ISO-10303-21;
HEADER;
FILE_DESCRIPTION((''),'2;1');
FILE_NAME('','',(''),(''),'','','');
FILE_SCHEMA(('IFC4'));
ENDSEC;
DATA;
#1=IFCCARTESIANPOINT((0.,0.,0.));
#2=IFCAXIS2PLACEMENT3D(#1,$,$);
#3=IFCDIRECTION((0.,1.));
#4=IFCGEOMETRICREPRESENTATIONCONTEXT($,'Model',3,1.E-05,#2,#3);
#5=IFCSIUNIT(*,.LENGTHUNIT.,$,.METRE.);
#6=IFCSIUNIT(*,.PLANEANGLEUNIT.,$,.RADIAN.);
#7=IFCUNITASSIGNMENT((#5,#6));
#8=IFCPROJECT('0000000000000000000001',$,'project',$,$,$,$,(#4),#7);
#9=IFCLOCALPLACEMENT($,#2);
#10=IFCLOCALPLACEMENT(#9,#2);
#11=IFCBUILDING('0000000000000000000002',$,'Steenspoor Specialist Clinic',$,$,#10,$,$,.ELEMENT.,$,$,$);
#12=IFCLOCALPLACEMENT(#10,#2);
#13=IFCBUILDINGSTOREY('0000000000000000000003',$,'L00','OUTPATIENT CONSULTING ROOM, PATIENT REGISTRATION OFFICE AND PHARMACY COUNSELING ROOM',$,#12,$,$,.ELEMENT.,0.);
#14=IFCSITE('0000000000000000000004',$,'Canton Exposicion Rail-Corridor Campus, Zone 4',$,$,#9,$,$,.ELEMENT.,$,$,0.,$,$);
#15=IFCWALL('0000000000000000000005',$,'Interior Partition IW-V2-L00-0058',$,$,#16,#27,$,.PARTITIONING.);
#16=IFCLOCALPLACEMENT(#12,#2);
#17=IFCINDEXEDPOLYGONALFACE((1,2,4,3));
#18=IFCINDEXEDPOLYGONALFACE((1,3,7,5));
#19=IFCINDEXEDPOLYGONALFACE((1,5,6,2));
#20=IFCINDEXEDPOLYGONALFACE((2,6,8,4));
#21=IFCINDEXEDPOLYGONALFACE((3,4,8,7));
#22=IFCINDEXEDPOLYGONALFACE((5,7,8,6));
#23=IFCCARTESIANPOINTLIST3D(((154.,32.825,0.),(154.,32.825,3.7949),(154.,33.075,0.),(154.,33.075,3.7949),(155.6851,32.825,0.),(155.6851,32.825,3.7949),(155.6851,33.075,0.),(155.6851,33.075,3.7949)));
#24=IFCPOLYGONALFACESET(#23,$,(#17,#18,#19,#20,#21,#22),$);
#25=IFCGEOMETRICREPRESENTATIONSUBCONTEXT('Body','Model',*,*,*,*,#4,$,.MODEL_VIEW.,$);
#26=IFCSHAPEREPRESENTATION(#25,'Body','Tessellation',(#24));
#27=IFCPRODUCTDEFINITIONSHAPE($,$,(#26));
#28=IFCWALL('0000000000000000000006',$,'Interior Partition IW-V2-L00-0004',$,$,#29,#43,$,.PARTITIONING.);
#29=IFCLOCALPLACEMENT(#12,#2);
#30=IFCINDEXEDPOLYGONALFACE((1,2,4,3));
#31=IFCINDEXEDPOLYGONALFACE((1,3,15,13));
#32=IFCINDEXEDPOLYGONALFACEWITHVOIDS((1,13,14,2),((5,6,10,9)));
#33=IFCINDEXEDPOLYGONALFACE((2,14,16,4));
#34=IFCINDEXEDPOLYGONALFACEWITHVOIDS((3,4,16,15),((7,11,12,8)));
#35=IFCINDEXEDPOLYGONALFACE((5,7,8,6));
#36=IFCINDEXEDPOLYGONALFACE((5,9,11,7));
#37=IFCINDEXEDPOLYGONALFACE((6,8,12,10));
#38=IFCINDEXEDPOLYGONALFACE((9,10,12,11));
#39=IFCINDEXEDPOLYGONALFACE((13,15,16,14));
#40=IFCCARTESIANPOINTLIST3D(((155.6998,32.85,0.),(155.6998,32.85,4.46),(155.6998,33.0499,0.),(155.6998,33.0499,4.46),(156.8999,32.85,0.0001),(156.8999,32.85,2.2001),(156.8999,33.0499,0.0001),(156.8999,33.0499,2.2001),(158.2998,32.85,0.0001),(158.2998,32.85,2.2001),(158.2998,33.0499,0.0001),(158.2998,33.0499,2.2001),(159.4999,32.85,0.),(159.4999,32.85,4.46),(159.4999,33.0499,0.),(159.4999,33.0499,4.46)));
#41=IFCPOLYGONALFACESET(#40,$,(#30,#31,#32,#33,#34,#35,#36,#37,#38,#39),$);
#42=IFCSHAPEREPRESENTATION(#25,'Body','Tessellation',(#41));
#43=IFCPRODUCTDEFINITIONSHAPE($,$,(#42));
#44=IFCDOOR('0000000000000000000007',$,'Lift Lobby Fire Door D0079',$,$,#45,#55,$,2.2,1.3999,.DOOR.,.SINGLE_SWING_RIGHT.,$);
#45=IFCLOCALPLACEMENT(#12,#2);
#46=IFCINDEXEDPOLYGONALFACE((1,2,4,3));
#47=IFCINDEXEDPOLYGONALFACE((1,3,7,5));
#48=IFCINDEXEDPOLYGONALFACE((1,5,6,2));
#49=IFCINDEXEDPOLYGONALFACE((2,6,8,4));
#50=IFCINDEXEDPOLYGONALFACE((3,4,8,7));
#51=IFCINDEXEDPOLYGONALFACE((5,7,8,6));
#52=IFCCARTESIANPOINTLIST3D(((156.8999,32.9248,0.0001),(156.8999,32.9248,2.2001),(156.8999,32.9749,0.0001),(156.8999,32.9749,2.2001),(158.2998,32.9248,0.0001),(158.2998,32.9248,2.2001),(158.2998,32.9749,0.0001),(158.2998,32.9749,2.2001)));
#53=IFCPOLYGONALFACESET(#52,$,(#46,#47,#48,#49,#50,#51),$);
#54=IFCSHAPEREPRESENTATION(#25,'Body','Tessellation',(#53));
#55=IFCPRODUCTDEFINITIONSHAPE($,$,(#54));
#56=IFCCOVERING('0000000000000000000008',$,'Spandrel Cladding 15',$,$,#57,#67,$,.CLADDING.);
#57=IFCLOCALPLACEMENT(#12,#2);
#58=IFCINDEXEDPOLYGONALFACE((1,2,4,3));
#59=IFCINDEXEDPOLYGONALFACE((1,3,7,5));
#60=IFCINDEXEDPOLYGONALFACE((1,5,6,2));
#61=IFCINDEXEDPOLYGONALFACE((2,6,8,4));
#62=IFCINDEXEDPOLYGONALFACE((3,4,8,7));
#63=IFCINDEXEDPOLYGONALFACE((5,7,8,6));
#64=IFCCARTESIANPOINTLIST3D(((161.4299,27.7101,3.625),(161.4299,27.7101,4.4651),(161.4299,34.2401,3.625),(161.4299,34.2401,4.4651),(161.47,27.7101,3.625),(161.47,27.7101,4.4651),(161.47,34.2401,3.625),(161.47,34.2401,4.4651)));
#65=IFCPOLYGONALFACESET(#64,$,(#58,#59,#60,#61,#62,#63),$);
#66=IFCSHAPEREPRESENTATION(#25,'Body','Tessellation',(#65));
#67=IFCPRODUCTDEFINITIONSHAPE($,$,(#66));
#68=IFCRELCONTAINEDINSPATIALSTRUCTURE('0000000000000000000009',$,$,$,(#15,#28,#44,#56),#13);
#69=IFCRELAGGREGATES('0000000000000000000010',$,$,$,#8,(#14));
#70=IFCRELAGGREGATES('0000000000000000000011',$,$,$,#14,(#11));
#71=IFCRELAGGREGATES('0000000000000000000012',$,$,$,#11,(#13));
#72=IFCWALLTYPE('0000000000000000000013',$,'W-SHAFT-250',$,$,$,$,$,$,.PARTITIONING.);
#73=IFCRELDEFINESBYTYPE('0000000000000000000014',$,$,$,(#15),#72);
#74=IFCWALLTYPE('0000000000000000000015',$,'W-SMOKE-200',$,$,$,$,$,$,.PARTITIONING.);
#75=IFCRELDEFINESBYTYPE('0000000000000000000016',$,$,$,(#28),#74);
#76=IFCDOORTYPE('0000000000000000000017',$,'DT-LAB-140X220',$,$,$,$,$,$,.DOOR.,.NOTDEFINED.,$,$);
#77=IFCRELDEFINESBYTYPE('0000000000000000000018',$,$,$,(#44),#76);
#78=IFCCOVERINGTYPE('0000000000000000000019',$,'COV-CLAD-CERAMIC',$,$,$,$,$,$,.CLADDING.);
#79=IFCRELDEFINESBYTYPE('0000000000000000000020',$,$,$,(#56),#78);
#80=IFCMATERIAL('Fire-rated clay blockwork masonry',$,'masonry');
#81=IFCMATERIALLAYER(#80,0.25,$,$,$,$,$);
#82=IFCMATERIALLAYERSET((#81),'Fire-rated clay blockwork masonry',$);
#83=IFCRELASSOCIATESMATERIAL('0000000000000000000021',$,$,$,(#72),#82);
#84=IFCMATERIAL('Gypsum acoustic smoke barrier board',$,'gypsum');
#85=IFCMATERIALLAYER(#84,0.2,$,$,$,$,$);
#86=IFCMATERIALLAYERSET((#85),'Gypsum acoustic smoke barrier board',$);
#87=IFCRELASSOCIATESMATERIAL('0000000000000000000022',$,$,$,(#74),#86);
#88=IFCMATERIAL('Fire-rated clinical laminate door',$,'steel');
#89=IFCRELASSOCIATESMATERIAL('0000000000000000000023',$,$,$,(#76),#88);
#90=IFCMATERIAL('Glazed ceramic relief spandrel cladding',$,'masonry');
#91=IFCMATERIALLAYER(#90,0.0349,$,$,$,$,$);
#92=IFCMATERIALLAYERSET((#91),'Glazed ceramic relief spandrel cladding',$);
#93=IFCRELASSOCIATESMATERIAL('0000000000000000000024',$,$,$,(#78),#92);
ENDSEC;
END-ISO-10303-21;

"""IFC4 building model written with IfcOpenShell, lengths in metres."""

from ifc_helpers import new_model, si_unit, direction, frame, frame_2d, origin, origin_2d, place, context, subcontext, project, spatial, rectangle, extrude, material, layer, layer_set, type_object, element, fill, save


model = new_model("IFC4")

# Units and contexts
model_context = context("Model", 3, precision=1e-05, world=origin(), true_north=direction((0.0, 1.0)))
body_context = subcontext(model_context, "Body", "Model", "MODEL_VIEW")
ifc_project = project(units=[si_unit("LENGTHUNIT", "METRE"), si_unit("PLANEANGLEUNIT", "RADIAN")], contexts=[model_context])

# Site, building, storey
site_placement = place(None, origin())
site = spatial("IfcSite", under=ifc_project, at=site_placement, Name="Canton Exposicion Rail-Corridor Campus, Zone 4", CompositionType="ELEMENT", RefElevation=0.0)
building_placement = place(site_placement, origin())
building = spatial("IfcBuilding", under=site, at=building_placement, Name="Steenspoor Specialist Clinic", CompositionType="ELEMENT")
storey_placement = place(building_placement, origin())
storey = spatial("IfcBuildingStorey", under=building, at=storey_placement, Name="L00", Description="OUTPATIENT CONSULTING ROOM, PATIENT REGISTRATION OFFICE AND PHARMACY COUNSELING ROOM", CompositionType="ELEMENT", Elevation=0.0)

# Wall
ifc_material_1 = material(Name="Fire-rated clay blockwork masonry", Category="masonry")
ifc_layer_1 = layer(ifc_material_1, 0.25)
ifc_layer_set_1 = layer_set([ifc_layer_1], Name="Fire-rated clay blockwork masonry")
wall_type_1 = type_object("IfcWallType", Name="W-SHAFT-250", PredefinedType="PARTITIONING", material=ifc_layer_set_1)
wall_1_placement = place(storey_placement, frame((154.0, 32.95, 0.0), z_axis=(0.0, 0.0, 1.0), x_axis=(1.0, 0.0, 0.0)))
element("IfcWall", 1, at=wall_1_placement, inside=storey, type_object=wall_type_1, Name="Interior Partition IW-V2-L00-0058", PredefinedType="PARTITIONING", context=body_context, shape_type="SweptSolid", body=[
    extrude(rectangle(XDim=1.6851, YDim=0.25, at=frame_2d((0.8425, 0.0))), origin(), (0.0, 0.0, 1.0), 3.7949),
])

# Wall, opening, door
ifc_material_2 = material(Name="Gypsum acoustic smoke barrier board", Category="gypsum")
ifc_layer_2 = layer(ifc_material_2, 0.2)
ifc_layer_set_2 = layer_set([ifc_layer_2], Name="Gypsum acoustic smoke barrier board")
wall_type_2 = type_object("IfcWallType", Name="W-SMOKE-200", PredefinedType="PARTITIONING", material=ifc_layer_set_2)
wall_2_placement = place(storey_placement, frame((155.7, 32.95, 0.0), z_axis=(0.0, 0.0, 1.0), x_axis=(1.0, 0.0, 0.0)))
wall_2 = element("IfcWall", 2, at=wall_2_placement, inside=storey, type_object=wall_type_2, Name="Interior Partition IW-V2-L00-0004", PredefinedType="PARTITIONING", context=body_context, shape_type="SweptSolid", body=[
    extrude(rectangle(XDim=3.8, YDim=0.2, at=frame_2d((1.8999, 0.0))), origin(), (0.0, 0.0, 1.0), 4.46),
])
opening_1_placement = place(wall_2_placement, frame((1.2, 0.0, 0.0)))
opening_1 = element("IfcOpeningElement", 3, at=opening_1_placement, cuts=wall_2, PredefinedType="OPENING", context=body_context, shape_type="SweptSolid", body=[
    extrude(rectangle(XDim=1.3999, YDim=2.2, at=frame_2d((0.7, 1.1001))), frame((0.0, 0.1099, 0.0), z_axis=(0.0, -1.0, 0.0), x_axis=(1.0, 0.0, 0.0)), (0.0, 0.0, 1.0), 0.22),
])
ifc_material_3 = material(Name="Fire-rated clinical laminate door", Category="steel")
door_type_1 = type_object("IfcDoorType", Name="DT-LAB-140X220", OperationType="NOTDEFINED", PredefinedType="DOOR", material=ifc_material_3)
door_1_placement = place(opening_1_placement, origin())
door_1 = element("IfcDoor", 4, at=door_1_placement, inside=storey, type_object=door_type_1, Name="Lift Lobby Fire Door D0079", OperationType="SINGLE_SWING_RIGHT", OverallHeight=2.2, OverallWidth=1.3999, PredefinedType="DOOR", context=body_context, shape_type="SweptSolid", body=[
    extrude(rectangle(XDim=1.3999, YDim=2.2, at=frame_2d((0.7, 1.1001))), frame((0.0, 0.0249, 0.0), z_axis=(0.0, -1.0, 0.0), x_axis=(1.0, 0.0, 0.0)), (0.0, 0.0, 1.0), 0.05),
])
fill(opening_1, door_1)

# Covering
ifc_material_4 = material(Name="Glazed ceramic relief spandrel cladding", Category="masonry")
ifc_layer_3 = layer(ifc_material_4, 0.0349)
ifc_layer_set_3 = layer_set([ifc_layer_3], Name="Glazed ceramic relief spandrel cladding")
covering_type = type_object("IfcCoveringType", Name="COV-CLAD-CERAMIC", PredefinedType="CLADDING", material=ifc_layer_set_3)
covering_placement = place(storey_placement, frame((161.45, 30.9751, 3.625), z_axis=(0.0, 0.0, 1.0), x_axis=(0.0, -1.0, 0.0)))
element("IfcCovering", 5, at=covering_placement, inside=storey, type_object=covering_type, Name="Spandrel Cladding 15", PredefinedType="CLADDING", context=body_context, shape_type="SweptSolid", body=[
    extrude(rectangle(XDim=6.53, YDim=0.04, at=origin_2d()), origin(), (0.0, 0.0, 1.0), 0.8401),
])

save(model, "model.ifc")
